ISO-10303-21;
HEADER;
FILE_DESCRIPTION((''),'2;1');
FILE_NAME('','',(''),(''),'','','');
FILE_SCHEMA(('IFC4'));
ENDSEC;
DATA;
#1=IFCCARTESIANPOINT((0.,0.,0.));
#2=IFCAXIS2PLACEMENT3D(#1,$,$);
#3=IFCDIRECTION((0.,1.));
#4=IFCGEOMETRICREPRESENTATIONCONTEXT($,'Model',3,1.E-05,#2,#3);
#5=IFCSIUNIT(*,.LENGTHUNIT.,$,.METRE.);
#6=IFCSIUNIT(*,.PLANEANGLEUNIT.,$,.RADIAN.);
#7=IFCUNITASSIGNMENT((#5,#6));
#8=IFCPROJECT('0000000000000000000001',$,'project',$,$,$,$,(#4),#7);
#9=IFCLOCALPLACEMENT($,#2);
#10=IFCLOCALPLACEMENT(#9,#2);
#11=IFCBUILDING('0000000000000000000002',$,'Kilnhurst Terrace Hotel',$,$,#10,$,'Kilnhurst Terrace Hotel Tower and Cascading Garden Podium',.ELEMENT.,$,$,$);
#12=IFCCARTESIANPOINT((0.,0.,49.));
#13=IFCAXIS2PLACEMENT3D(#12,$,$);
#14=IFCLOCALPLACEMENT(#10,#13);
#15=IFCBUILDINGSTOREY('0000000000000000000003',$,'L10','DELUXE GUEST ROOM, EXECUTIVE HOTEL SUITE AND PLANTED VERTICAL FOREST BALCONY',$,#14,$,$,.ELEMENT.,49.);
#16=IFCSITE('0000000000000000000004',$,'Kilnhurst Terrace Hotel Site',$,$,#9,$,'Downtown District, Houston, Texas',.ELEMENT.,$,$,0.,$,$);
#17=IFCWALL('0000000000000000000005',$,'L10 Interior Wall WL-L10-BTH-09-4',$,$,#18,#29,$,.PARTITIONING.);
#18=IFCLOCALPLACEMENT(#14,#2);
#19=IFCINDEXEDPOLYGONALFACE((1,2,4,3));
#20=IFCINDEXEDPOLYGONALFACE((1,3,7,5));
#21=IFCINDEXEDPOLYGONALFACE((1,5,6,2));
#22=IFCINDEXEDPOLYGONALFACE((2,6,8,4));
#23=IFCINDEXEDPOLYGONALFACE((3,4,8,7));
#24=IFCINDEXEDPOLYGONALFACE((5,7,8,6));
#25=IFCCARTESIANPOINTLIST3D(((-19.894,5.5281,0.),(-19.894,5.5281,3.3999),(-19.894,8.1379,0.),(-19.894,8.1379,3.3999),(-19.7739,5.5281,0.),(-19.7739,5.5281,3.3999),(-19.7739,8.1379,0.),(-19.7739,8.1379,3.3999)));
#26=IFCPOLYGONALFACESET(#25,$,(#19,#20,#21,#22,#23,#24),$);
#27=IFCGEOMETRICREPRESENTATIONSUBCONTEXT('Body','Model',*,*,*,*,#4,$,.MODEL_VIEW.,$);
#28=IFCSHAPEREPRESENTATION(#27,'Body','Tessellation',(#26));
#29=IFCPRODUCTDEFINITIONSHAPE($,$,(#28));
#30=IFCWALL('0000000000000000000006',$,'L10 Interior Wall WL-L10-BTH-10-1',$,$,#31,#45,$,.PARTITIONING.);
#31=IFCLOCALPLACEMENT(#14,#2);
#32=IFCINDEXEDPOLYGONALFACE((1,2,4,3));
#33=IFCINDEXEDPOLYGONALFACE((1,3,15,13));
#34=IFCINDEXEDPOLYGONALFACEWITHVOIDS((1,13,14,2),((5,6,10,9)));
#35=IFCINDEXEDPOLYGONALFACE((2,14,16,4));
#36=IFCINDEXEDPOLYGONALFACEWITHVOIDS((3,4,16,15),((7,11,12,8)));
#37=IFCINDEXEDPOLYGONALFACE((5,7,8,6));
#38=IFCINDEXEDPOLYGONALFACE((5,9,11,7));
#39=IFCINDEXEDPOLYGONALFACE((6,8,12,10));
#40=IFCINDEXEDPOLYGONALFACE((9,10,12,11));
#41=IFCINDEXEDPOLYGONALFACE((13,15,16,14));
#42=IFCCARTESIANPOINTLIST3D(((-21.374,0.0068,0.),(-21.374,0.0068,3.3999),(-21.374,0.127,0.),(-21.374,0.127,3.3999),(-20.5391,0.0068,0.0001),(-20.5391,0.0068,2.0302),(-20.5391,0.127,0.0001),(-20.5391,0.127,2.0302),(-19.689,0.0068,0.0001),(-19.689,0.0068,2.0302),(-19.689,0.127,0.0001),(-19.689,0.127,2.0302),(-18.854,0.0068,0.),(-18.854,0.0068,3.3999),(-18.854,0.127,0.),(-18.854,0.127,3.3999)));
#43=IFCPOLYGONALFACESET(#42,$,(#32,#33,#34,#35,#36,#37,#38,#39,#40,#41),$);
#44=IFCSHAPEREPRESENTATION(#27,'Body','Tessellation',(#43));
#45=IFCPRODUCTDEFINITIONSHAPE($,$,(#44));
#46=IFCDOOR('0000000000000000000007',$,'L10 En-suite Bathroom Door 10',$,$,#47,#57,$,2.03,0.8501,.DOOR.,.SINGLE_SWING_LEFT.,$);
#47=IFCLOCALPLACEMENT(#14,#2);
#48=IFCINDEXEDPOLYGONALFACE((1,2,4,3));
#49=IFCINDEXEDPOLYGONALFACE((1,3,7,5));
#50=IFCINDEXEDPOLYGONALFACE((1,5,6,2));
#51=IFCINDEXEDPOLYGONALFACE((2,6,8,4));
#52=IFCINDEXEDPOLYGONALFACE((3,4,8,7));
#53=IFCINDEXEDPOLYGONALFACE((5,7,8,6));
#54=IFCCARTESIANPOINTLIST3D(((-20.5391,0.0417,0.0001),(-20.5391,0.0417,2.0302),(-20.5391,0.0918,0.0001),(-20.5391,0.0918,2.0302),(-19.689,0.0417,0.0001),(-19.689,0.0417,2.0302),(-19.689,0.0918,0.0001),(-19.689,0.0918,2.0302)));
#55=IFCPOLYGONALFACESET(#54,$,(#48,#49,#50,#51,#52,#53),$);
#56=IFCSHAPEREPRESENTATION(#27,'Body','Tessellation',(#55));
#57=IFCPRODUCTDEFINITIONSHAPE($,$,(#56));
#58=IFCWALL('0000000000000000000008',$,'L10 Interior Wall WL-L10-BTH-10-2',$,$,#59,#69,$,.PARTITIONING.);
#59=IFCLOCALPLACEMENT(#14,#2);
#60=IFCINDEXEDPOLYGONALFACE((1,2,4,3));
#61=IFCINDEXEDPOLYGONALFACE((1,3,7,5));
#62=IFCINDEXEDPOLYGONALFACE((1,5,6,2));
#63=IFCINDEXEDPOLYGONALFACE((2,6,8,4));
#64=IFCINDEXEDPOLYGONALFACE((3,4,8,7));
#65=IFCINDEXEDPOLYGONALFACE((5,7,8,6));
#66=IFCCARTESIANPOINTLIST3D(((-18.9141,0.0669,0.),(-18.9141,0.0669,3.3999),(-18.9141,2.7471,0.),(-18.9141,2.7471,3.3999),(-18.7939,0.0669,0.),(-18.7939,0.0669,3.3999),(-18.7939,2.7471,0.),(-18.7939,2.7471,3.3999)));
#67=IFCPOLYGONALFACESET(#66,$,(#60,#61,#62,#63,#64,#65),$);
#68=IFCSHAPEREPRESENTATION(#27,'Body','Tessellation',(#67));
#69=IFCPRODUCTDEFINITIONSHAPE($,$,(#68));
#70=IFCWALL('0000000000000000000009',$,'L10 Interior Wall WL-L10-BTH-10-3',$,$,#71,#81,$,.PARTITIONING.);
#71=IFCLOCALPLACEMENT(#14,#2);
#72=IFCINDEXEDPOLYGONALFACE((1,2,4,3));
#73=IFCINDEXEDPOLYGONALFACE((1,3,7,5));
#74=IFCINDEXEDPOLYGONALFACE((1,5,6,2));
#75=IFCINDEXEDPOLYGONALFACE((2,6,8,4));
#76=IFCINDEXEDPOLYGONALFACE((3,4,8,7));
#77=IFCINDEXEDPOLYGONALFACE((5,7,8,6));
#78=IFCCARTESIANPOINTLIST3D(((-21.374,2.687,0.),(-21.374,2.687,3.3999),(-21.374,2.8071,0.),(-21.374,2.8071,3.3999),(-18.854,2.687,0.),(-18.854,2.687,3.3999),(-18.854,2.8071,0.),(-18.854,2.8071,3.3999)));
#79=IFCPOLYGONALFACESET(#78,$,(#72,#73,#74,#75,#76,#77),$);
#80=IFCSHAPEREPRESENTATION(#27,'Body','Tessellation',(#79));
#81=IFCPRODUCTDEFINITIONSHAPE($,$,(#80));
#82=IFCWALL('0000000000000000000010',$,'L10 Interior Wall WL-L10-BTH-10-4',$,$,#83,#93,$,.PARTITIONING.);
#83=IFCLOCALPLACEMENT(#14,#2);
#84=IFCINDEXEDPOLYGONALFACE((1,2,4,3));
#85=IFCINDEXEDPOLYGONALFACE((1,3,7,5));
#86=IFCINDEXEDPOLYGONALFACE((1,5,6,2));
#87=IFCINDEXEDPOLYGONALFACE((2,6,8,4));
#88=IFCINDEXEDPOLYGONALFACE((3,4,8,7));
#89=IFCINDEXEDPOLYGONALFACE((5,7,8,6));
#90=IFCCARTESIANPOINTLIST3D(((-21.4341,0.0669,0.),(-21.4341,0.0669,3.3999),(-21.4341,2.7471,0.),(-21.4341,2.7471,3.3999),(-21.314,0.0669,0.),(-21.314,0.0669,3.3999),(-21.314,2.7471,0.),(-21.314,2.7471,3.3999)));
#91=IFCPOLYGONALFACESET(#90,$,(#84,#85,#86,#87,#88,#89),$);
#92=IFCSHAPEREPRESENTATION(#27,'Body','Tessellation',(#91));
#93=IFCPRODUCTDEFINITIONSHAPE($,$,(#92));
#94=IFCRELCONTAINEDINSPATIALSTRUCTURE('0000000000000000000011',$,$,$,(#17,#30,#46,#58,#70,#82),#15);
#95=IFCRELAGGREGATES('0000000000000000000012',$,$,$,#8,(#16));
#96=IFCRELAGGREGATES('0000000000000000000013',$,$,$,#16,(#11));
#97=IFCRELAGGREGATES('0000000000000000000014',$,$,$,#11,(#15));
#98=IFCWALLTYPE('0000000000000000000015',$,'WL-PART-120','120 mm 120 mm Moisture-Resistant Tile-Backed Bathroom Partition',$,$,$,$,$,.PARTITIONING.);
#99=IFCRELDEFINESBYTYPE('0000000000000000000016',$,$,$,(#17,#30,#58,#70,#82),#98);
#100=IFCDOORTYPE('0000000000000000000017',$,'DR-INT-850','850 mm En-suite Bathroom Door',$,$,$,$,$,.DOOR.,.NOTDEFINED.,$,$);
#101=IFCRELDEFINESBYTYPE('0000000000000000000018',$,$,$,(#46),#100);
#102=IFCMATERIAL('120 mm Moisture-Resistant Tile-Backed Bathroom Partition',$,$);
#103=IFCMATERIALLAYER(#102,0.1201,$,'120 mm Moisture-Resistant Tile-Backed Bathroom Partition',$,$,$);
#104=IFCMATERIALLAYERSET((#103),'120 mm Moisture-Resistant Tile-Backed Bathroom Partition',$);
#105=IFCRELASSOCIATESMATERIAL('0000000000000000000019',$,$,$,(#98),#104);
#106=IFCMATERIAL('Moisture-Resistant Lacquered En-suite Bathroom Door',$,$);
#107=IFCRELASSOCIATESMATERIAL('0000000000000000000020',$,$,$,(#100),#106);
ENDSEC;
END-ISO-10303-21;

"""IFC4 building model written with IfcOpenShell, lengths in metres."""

from ifc_helpers import new_model, si_unit, direction, frame, frame_2d, origin, place, context, subcontext, project, spatial, rectangle, extrude, material, layer, layer_set, type_object, element, fill, save


model = new_model("IFC4")

# Units and contexts
model_context = context("Model", 3, precision=1e-05, world=origin(), true_north=direction((0.0, 1.0)))
body_context = subcontext(model_context, "Body", "Model", "MODEL_VIEW")
ifc_project = project(units=[si_unit("LENGTHUNIT", "METRE"), si_unit("PLANEANGLEUNIT", "RADIAN")], contexts=[model_context])

# Site, building, storey
site_placement = place(None, origin())
site = spatial("IfcSite", under=ifc_project, at=site_placement, Name="Kilnhurst Terrace Hotel Site", LongName="Downtown District, Houston, Texas", CompositionType="ELEMENT", RefElevation=0.0)
building_placement = place(site_placement, origin())
building = spatial("IfcBuilding", under=site, at=building_placement, Name="Kilnhurst Terrace Hotel", LongName="Kilnhurst Terrace Hotel Tower and Cascading Garden Podium", CompositionType="ELEMENT")
storey_placement = place(building_placement, frame((0.0, 0.0, 49.0)))
storey = spatial("IfcBuildingStorey", under=building, at=storey_placement, Name="L10", Description="DELUXE GUEST ROOM, EXECUTIVE HOTEL SUITE AND PLANTED VERTICAL FOREST BALCONY", CompositionType="ELEMENT", Elevation=49.0)

# Shared definitions
ifc_material_1 = material(Name="120 mm Moisture-Resistant Tile-Backed Bathroom Partition")
ifc_layer_1 = layer(ifc_material_1, 0.1201, Name="120 mm Moisture-Resistant Tile-Backed Bathroom Partition")
ifc_layer_set_1 = layer_set([ifc_layer_1], Name="120 mm Moisture-Resistant Tile-Backed Bathroom Partition")
wall_type_1 = type_object("IfcWallType", Name="WL-PART-120", Description="120 mm 120 mm Moisture-Resistant Tile-Backed Bathroom Partition", PredefinedType="PARTITIONING", material=ifc_layer_set_1)
ifc_material_2 = material(Name="Moisture-Resistant Lacquered En-suite Bathroom Door")
door_type = type_object("IfcDoorType", Name="DR-INT-850", Description="850 mm En-suite Bathroom Door", OperationType="NOTDEFINED", PredefinedType="DOOR", material=ifc_material_2)

# Wall
wall_1_placement = place(storey_placement, frame((-19.834, 8.1379, 0.0), z_axis=(0.0, 0.0, 1.0), x_axis=(0.0, -1.0, 0.0)))
element("IfcWall", 1, at=wall_1_placement, inside=storey, type_object=wall_type_1, Name="L10 Interior Wall WL-L10-BTH-09-4", PredefinedType="PARTITIONING", context=body_context, shape_type="SweptSolid", body=[
    extrude(rectangle(XDim=2.6099, YDim=0.1201, at=frame_2d((1.3049, 0.0))), origin(), (0.0, 0.0, 1.0), 3.3999),
])

# Wall, opening, door
wall_2_placement = place(storey_placement, frame((-21.374, 0.0669, 0.0), z_axis=(0.0, 0.0, 1.0), x_axis=(1.0, 0.0, 0.0)))
wall_2 = element("IfcWall", 2, at=wall_2_placement, inside=storey, type_object=wall_type_1, Name="L10 Interior Wall WL-L10-BTH-10-1", PredefinedType="PARTITIONING", context=body_context, shape_type="SweptSolid", body=[
    extrude(rectangle(XDim=2.52, YDim=0.1201, at=frame_2d((1.26, 0.0))), origin(), (0.0, 0.0, 1.0), 3.3999),
])
opening_1_placement = place(wall_2_placement, frame((0.835, 0.0, 0.0)))
opening_1 = element("IfcOpeningElement", 3, at=opening_1_placement, cuts=wall_2, PredefinedType="OPENING", context=body_context, shape_type="SweptSolid", body=[
    extrude(rectangle(XDim=0.8501, YDim=2.03, at=frame_2d((0.425, 1.0151))), frame((0.0, 0.0701, 0.0), z_axis=(0.0, -1.0, 0.0), x_axis=(1.0, 0.0, 0.0)), (0.0, 0.0, 1.0), 0.1401),
])
door_1_placement = place(opening_1_placement, origin())
door_1 = element("IfcDoor", 4, at=door_1_placement, inside=storey, type_object=door_type, Name="L10 En-suite Bathroom Door 10", OperationType="SINGLE_SWING_LEFT", OverallHeight=2.03, OverallWidth=0.8501, PredefinedType="DOOR", context=body_context, shape_type="SweptSolid", body=[
    extrude(rectangle(XDim=0.8501, YDim=2.03, at=frame_2d((0.425, 1.0151))), frame((0.0, 0.0249, 0.0), z_axis=(0.0, -1.0, 0.0), x_axis=(1.0, 0.0, 0.0)), (0.0, 0.0, 1.0), 0.05),
])
fill(opening_1, door_1)

# Walls
wall_3_placement = place(storey_placement, frame((-18.854, 0.0669, 0.0), z_axis=(0.0, 0.0, 1.0), x_axis=(0.0, 1.0, 0.0)))
element("IfcWall", 5, at=wall_3_placement, inside=storey, type_object=wall_type_1, Name="L10 Interior Wall WL-L10-BTH-10-2", PredefinedType="PARTITIONING", context=body_context, shape_type="SweptSolid", body=[
    extrude(rectangle(XDim=2.6802, YDim=0.1201, at=frame_2d((1.3401, 0.0))), origin(), (0.0, 0.0, 1.0), 3.3999),
])
wall_4_placement = place(storey_placement, frame((-18.854, 2.7471, 0.0), z_axis=(0.0, 0.0, 1.0), x_axis=(-1.0, 0.0, 0.0)))
element("IfcWall", 6, at=wall_4_placement, inside=storey, type_object=wall_type_1, Name="L10 Interior Wall WL-L10-BTH-10-3", PredefinedType="PARTITIONING", context=body_context, shape_type="SweptSolid", body=[
    extrude(rectangle(XDim=2.52, YDim=0.1201, at=frame_2d((1.26, 0.0))), origin(), (0.0, 0.0, 1.0), 3.3999),
])
wall_5_placement = place(storey_placement, frame((-21.374, 2.7471, 0.0), z_axis=(0.0, 0.0, 1.0), x_axis=(0.0, -1.0, 0.0)))
element("IfcWall", 7, at=wall_5_placement, inside=storey, type_object=wall_type_1, Name="L10 Interior Wall WL-L10-BTH-10-4", PredefinedType="PARTITIONING", context=body_context, shape_type="SweptSolid", body=[
    extrude(rectangle(XDim=2.6802, YDim=0.1201, at=frame_2d((1.3401, 0.0))), origin(), (0.0, 0.0, 1.0), 3.3999),
])

save(model, "model.ifc")
